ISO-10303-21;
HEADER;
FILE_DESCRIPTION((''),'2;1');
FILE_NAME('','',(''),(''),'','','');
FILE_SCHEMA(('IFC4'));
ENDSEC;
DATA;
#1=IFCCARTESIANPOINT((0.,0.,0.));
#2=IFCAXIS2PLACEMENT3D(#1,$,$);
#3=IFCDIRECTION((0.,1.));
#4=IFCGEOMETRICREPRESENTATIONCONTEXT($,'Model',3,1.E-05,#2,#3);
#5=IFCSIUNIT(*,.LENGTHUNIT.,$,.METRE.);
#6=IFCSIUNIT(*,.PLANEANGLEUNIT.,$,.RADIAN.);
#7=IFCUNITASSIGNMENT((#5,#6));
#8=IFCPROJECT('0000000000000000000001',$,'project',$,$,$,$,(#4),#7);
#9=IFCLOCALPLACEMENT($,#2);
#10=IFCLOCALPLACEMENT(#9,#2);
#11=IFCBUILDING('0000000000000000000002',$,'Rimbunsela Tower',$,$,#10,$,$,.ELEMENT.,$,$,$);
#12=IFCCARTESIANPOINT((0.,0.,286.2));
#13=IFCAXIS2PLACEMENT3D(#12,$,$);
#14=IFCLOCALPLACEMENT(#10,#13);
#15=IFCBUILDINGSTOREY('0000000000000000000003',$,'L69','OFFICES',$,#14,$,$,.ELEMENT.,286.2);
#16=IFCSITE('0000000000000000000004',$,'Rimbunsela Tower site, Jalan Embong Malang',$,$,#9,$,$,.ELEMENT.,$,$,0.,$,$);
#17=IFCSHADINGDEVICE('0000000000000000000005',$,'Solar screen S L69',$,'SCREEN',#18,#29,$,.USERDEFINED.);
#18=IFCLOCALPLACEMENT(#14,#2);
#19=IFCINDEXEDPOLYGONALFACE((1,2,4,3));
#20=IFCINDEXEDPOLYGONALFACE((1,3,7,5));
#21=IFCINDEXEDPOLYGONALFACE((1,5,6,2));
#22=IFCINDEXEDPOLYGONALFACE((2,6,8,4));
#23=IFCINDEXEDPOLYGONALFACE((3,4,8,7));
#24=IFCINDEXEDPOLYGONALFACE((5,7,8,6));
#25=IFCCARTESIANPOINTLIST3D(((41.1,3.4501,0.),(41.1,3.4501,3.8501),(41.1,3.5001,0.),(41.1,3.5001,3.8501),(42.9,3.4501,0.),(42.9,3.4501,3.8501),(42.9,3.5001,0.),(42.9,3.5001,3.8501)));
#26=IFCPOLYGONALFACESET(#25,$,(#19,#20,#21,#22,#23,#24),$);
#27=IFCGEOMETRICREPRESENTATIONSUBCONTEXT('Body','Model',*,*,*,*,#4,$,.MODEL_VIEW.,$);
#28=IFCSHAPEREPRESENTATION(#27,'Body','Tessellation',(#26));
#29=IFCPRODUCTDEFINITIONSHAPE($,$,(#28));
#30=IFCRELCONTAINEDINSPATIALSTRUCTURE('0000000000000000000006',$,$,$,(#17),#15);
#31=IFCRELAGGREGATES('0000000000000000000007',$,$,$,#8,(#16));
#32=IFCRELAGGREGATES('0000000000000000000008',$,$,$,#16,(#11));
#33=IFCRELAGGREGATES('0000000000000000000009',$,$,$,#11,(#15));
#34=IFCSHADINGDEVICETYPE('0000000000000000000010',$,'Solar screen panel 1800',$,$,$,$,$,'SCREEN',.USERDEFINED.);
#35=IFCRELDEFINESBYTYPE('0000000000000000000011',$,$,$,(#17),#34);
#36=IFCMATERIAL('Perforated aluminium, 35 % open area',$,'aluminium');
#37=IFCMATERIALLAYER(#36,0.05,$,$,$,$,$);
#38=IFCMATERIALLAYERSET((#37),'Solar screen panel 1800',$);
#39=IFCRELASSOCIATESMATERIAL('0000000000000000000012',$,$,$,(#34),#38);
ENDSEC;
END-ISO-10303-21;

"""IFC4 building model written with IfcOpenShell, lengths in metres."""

from ifc_helpers import new_model, si_unit, direction, frame, origin, origin_2d, place, context, subcontext, project, spatial, rectangle, extrude, material, layer, layer_set, type_object, element, save


model = new_model("IFC4")

# Units and contexts
model_context = context("Model", 3, precision=1e-05, world=origin(), true_north=direction((0.0, 1.0)))
body_context = subcontext(model_context, "Body", "Model", "MODEL_VIEW")
ifc_project = project(units=[si_unit("LENGTHUNIT", "METRE"), si_unit("PLANEANGLEUNIT", "RADIAN")], contexts=[model_context])

# Site, building, storey
site_placement = place(None, origin())
site = spatial("IfcSite", under=ifc_project, at=site_placement, Name="Rimbunsela Tower site, Jalan Embong Malang", CompositionType="ELEMENT", RefElevation=0.0)
building_placement = place(site_placement, origin())
building = spatial("IfcBuilding", under=site, at=building_placement, Name="Rimbunsela Tower", CompositionType="ELEMENT")
storey_placement = place(building_placement, frame((0.0, 0.0, 286.2)))
storey = spatial("IfcBuildingStorey", under=building, at=storey_placement, Name="L69", Description="OFFICES", CompositionType="ELEMENT", Elevation=286.2)

# Shading device
ifc_material_1 = material(Name="Perforated aluminium, 35 % open area", Category="aluminium")
ifc_layer_1 = layer(ifc_material_1, 0.05)
ifc_layer_set_1 = layer_set([ifc_layer_1], Name="Solar screen panel 1800")
shading_device_type = type_object("IfcShadingDeviceType", Name="Solar screen panel 1800", ElementType="SCREEN", PredefinedType="USERDEFINED", material=ifc_layer_set_1)
shading_device_placement = place(storey_placement, frame((42.0, 3.4751, 0.0), z_axis=(0.0, 0.0, 1.0), x_axis=(1.0, 0.0, 0.0)))
element("IfcShadingDevice", 1, at=shading_device_placement, inside=storey, type_object=shading_device_type, Name="Solar screen S L69", ObjectType="SCREEN", PredefinedType="USERDEFINED", context=body_context, shape_type="SweptSolid", body=[
    extrude(rectangle(XDim=1.8, YDim=0.05, at=origin_2d()), origin(), (0.0, 0.0, 1.0), 3.8501),
])

save(model, "model.ifc")
